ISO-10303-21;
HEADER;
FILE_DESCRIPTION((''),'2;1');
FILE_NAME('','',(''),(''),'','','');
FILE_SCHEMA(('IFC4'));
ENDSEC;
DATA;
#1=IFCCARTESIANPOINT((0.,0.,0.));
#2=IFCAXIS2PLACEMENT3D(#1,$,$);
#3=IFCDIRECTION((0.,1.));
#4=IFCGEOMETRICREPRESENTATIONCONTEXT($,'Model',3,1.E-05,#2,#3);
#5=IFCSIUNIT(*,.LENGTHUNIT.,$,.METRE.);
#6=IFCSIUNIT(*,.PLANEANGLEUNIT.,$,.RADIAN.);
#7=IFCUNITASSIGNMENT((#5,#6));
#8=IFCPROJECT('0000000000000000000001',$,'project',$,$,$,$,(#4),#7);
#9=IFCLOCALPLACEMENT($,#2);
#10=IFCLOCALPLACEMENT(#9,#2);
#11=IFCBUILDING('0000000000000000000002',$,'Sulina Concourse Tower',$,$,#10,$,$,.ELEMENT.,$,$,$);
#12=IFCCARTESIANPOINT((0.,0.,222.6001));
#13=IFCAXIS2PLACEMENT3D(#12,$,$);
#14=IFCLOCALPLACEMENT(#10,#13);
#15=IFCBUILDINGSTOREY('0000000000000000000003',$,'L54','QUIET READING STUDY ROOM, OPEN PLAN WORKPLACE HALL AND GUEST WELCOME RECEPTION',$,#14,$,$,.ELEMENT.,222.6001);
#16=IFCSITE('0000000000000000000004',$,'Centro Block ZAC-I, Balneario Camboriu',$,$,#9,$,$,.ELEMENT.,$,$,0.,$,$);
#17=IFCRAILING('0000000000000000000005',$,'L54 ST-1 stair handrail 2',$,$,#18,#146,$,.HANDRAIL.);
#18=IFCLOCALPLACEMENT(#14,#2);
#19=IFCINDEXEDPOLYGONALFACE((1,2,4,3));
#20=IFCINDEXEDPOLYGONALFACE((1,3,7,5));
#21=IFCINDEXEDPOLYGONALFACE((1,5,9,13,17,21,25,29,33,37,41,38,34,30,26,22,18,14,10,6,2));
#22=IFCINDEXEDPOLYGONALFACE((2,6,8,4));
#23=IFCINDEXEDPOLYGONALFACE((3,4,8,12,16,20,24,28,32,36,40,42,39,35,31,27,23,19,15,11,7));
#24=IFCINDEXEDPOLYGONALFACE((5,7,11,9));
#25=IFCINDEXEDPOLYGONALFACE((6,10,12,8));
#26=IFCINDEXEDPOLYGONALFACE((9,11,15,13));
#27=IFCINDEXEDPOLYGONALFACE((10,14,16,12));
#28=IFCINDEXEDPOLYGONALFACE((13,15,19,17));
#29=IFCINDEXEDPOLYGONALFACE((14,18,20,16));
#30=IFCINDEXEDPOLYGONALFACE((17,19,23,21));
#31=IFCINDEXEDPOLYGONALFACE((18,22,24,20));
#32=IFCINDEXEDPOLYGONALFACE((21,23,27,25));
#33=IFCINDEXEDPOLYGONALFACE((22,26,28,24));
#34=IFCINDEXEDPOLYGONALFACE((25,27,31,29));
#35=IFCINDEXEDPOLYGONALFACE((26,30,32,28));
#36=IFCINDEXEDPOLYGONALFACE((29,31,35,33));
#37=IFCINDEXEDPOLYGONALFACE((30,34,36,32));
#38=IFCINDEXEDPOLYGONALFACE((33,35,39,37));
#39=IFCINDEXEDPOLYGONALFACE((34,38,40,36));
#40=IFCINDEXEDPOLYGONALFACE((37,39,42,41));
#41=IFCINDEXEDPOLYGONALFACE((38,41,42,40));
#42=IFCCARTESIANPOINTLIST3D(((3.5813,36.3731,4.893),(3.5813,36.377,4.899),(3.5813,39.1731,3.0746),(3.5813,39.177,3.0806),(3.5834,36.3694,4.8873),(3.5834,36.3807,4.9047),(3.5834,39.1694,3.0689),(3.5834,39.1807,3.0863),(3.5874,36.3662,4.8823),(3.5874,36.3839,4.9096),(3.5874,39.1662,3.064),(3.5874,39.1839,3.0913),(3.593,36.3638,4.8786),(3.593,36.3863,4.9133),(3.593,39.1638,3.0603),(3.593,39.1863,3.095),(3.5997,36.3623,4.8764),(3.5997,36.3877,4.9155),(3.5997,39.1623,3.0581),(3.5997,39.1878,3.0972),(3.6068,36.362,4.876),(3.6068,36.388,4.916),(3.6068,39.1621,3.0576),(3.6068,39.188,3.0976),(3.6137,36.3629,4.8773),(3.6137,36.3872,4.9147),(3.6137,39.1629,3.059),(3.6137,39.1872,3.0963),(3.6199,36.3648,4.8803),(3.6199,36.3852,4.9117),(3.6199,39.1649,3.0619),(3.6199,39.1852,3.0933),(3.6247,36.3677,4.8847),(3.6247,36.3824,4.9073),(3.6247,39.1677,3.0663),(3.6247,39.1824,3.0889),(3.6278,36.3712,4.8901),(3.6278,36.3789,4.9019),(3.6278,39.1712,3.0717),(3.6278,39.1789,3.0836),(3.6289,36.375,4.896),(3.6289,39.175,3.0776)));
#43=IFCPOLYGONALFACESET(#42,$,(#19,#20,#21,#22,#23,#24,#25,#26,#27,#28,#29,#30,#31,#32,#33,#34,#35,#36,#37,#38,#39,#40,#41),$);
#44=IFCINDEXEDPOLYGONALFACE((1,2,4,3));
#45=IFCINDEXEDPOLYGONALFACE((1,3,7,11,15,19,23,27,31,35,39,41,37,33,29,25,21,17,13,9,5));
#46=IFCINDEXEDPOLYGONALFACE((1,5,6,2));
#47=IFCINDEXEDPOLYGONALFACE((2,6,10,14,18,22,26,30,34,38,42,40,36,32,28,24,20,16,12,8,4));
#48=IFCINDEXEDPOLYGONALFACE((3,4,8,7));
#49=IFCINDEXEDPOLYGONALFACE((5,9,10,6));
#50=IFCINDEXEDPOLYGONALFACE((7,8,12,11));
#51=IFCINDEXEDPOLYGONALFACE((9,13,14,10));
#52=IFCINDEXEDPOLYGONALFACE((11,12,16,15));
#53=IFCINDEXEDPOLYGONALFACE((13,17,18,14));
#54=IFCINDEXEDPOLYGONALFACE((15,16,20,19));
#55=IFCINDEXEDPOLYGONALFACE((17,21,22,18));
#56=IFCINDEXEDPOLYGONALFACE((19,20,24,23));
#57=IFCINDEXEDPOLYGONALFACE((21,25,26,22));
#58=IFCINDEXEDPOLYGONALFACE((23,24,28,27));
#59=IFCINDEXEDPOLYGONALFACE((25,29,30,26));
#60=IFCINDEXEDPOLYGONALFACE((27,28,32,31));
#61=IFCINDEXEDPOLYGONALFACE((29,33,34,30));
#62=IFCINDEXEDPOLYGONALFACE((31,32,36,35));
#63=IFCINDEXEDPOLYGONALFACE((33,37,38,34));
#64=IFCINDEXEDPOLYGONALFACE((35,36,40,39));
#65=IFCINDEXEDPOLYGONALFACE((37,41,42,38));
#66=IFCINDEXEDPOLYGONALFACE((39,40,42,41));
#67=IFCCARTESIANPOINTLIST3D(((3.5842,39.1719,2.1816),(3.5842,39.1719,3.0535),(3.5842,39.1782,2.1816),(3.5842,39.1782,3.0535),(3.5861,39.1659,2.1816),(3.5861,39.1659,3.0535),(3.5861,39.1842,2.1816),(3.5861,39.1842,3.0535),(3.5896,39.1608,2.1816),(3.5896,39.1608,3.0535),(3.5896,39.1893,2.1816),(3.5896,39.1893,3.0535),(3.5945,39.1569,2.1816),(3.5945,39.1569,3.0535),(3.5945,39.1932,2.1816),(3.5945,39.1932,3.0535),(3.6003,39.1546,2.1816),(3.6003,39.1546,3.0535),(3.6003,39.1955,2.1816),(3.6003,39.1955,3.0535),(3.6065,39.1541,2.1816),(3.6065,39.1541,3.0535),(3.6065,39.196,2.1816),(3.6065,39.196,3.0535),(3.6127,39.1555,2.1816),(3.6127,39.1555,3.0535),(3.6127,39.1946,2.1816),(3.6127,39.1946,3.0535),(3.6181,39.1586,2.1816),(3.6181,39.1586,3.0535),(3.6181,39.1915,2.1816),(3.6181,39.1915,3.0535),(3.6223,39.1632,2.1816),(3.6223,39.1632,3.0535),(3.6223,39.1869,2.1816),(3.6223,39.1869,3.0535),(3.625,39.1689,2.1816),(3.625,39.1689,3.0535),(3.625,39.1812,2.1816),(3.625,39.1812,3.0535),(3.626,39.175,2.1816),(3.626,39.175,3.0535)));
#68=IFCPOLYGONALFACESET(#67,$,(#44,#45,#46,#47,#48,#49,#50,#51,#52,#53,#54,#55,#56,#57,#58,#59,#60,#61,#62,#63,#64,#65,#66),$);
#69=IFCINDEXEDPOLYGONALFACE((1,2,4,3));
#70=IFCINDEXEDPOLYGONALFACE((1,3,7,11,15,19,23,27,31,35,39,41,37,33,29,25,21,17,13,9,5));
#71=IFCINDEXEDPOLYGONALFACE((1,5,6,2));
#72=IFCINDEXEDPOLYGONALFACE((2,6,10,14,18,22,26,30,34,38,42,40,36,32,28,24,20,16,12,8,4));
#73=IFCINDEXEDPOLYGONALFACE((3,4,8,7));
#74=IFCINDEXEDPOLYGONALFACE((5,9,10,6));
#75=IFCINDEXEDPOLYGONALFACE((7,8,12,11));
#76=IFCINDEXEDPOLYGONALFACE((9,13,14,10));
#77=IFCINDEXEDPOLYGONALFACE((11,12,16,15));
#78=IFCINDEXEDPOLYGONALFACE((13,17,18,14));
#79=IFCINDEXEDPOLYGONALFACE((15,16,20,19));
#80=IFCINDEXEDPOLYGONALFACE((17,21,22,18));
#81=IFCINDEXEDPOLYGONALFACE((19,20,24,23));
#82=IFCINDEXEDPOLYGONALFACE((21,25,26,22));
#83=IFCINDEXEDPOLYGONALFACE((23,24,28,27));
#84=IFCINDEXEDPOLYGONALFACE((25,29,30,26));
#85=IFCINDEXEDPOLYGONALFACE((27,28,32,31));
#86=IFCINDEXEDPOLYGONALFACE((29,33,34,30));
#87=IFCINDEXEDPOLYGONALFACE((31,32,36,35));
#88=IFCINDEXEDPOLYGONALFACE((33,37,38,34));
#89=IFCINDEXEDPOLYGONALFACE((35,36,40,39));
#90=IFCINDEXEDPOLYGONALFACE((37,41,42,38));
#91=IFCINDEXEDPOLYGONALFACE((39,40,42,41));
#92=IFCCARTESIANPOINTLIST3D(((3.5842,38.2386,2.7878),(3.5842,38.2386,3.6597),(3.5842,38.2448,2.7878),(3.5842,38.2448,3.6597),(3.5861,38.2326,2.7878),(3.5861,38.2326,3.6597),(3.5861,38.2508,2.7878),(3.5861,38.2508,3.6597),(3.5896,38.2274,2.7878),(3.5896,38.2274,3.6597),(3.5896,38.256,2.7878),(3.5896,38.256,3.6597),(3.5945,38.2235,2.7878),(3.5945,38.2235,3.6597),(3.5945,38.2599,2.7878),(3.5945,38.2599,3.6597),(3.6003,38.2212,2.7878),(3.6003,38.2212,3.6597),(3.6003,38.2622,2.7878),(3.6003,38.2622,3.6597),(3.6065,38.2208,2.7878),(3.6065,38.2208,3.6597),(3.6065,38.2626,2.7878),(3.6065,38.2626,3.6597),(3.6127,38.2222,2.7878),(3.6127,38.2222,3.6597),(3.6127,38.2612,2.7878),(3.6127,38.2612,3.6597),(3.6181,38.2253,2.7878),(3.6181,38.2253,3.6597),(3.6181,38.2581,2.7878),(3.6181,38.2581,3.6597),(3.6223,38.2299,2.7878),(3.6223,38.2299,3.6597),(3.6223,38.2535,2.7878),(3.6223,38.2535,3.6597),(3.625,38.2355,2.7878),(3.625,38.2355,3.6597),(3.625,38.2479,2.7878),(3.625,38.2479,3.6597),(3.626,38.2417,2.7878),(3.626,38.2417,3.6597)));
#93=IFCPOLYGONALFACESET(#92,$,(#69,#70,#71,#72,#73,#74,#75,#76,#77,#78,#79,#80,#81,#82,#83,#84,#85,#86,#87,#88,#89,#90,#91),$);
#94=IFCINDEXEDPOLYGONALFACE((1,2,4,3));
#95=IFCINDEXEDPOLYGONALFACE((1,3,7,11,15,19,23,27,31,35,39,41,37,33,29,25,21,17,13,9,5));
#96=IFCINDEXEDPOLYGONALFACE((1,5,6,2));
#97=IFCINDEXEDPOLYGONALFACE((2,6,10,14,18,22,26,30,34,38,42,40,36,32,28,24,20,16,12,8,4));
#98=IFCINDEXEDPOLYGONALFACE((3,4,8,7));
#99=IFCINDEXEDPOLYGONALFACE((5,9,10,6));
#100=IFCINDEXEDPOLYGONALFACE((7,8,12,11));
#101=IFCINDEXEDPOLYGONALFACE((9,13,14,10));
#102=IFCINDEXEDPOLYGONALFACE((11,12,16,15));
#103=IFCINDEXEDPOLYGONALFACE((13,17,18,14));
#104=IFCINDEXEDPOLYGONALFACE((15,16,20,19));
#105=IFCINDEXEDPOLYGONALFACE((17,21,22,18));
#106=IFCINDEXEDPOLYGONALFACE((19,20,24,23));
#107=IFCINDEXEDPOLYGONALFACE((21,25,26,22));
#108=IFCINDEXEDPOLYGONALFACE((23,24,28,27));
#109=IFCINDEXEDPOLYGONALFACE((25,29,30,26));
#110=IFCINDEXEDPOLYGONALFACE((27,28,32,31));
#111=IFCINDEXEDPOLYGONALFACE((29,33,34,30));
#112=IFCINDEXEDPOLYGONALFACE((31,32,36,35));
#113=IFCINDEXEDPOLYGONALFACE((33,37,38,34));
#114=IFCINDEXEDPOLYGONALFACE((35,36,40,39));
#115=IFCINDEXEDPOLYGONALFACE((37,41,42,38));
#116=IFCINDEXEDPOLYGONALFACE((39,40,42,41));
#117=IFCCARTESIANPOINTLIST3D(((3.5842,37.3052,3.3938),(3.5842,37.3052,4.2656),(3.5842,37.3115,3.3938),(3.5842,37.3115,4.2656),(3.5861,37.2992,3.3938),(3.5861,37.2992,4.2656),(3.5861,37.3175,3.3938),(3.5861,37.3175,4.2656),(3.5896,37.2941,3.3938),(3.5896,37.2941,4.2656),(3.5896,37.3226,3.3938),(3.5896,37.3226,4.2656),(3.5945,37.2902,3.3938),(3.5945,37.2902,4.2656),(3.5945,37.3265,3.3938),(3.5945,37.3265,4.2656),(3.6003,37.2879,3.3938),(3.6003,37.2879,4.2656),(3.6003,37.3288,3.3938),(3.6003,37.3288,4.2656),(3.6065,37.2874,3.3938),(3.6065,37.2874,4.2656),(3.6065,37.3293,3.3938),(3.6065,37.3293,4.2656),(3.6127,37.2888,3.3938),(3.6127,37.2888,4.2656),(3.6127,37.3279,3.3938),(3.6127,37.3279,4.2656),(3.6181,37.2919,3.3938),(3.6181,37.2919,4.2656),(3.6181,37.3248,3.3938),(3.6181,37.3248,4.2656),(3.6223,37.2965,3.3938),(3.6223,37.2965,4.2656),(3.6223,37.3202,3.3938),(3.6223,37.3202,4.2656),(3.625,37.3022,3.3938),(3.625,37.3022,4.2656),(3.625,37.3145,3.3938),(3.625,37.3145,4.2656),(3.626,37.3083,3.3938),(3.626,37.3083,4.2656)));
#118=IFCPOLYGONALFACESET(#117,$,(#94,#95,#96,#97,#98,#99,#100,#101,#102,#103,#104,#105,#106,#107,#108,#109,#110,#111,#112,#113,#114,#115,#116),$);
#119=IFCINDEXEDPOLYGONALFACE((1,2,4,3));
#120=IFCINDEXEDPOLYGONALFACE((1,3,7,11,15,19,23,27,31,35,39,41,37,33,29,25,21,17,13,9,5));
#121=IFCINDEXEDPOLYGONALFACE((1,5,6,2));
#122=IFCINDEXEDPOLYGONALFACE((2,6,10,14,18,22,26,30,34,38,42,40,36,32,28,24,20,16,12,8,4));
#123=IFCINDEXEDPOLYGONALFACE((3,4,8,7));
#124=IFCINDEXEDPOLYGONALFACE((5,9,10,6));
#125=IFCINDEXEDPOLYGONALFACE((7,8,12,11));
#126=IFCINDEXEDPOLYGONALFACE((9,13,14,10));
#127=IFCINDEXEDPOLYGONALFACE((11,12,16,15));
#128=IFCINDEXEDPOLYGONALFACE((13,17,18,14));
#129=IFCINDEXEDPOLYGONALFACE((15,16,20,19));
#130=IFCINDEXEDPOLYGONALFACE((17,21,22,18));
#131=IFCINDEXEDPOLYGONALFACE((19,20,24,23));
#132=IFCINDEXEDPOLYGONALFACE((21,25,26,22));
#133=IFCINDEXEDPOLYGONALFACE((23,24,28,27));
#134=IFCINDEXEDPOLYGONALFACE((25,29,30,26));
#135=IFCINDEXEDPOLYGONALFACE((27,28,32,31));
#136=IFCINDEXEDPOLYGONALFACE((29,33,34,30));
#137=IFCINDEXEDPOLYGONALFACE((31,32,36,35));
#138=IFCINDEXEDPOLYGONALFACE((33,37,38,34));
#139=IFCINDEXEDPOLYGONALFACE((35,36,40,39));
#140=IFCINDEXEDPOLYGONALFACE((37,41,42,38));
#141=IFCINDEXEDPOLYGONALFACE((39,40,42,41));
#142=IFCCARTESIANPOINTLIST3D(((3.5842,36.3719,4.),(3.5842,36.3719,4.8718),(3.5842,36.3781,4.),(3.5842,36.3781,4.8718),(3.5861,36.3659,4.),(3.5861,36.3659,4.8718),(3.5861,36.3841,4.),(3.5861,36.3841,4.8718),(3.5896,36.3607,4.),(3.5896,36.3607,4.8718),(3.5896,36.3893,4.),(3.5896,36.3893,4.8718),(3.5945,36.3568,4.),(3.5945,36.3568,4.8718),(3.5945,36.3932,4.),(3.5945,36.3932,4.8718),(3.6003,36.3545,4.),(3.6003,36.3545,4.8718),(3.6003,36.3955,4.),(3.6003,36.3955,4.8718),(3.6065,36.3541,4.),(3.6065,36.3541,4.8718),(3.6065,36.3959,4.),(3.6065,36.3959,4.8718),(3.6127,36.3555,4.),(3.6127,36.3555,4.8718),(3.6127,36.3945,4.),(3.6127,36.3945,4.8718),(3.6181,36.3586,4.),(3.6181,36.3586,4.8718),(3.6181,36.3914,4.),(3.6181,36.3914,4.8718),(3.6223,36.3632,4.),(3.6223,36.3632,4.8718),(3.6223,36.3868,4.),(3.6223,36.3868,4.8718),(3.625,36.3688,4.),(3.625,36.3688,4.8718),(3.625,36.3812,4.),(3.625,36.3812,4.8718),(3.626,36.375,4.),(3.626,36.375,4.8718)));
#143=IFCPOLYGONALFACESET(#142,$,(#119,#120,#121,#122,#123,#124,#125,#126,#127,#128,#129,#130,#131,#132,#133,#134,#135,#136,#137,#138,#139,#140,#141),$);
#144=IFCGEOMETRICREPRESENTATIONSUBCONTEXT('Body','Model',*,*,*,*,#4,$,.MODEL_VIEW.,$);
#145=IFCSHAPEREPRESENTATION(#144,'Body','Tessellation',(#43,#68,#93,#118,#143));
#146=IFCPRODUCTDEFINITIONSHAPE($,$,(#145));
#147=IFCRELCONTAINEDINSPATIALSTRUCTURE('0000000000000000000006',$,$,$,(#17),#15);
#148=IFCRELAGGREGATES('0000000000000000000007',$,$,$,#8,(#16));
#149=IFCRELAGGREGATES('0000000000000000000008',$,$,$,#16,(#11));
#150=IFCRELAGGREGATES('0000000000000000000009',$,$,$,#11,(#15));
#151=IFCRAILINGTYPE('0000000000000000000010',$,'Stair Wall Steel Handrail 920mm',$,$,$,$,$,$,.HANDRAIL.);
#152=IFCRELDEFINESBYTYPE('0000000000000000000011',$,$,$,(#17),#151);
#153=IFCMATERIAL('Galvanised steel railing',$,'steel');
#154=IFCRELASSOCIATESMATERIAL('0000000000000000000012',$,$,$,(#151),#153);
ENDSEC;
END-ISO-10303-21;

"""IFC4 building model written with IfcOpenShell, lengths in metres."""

from ifc_helpers import new_model, si_unit, direction, frame, origin, origin_2d, place, context, subcontext, project, spatial, circle, extrude, material, type_object, element, save


model = new_model("IFC4")

# Units and contexts
model_context = context("Model", 3, precision=1e-05, world=origin(), true_north=direction((0.0, 1.0)))
body_context = subcontext(model_context, "Body", "Model", "MODEL_VIEW")
ifc_project = project(units=[si_unit("LENGTHUNIT", "METRE"), si_unit("PLANEANGLEUNIT", "RADIAN")], contexts=[model_context])

# Site, building, storey
site_placement = place(None, origin())
site = spatial("IfcSite", under=ifc_project, at=site_placement, Name="Centro Block ZAC-I, Balneario Camboriu", CompositionType="ELEMENT", RefElevation=0.0)
building_placement = place(site_placement, origin())
building = spatial("IfcBuilding", under=site, at=building_placement, Name="Sulina Concourse Tower", CompositionType="ELEMENT")
storey_placement = place(building_placement, frame((0.0, 0.0, 222.6001)))
storey = spatial("IfcBuildingStorey", under=building, at=storey_placement, Name="L54", Description="QUIET READING STUDY ROOM, OPEN PLAN WORKPLACE HALL AND GUEST WELCOME RECEPTION", CompositionType="ELEMENT", Elevation=222.6001)

# Railing
ifc_material_1 = material(Name="Galvanised steel railing", Category="steel")
railing_type_1 = type_object("IfcRailingType", Name="Stair Wall Steel Handrail 920mm", PredefinedType="HANDRAIL", material=ifc_material_1)
railing_1_placement = place(storey_placement, frame((3.605, 39.175, 2.1816)))
element("IfcRailing", 1, at=railing_1_placement, inside=storey, type_object=railing_type_1, Name="L54 ST-1 stair handrail 2", PredefinedType="HANDRAIL", context=body_context, shape_type="SweptSolid", body=[
    extrude(circle(Radius=0.0239, at=origin_2d()), frame((0.0, 0.0, 0.896), z_axis=(0.0, -0.838672, 0.544636), x_axis=(1.0, 0.0, 0.0)), (0.0, 0.0, 1.0), 3.3386),
    extrude(circle(Radius=0.021, at=origin_2d()), origin(), (0.0, 0.0, 1.0), 0.8718),
    extrude(circle(Radius=0.021, at=origin_2d()), frame((0.0, -0.9333, 0.6062)), (0.0, 0.0, 1.0), 0.8718),
    extrude(circle(Radius=0.021, at=origin_2d()), frame((0.0, -1.8667, 1.2122)), (0.0, 0.0, 1.0), 0.8718),
    extrude(circle(Radius=0.021, at=origin_2d()), frame((0.0, -2.8, 1.8184)), (0.0, 0.0, 1.0), 0.8718),
])

save(model, "model.ifc")
